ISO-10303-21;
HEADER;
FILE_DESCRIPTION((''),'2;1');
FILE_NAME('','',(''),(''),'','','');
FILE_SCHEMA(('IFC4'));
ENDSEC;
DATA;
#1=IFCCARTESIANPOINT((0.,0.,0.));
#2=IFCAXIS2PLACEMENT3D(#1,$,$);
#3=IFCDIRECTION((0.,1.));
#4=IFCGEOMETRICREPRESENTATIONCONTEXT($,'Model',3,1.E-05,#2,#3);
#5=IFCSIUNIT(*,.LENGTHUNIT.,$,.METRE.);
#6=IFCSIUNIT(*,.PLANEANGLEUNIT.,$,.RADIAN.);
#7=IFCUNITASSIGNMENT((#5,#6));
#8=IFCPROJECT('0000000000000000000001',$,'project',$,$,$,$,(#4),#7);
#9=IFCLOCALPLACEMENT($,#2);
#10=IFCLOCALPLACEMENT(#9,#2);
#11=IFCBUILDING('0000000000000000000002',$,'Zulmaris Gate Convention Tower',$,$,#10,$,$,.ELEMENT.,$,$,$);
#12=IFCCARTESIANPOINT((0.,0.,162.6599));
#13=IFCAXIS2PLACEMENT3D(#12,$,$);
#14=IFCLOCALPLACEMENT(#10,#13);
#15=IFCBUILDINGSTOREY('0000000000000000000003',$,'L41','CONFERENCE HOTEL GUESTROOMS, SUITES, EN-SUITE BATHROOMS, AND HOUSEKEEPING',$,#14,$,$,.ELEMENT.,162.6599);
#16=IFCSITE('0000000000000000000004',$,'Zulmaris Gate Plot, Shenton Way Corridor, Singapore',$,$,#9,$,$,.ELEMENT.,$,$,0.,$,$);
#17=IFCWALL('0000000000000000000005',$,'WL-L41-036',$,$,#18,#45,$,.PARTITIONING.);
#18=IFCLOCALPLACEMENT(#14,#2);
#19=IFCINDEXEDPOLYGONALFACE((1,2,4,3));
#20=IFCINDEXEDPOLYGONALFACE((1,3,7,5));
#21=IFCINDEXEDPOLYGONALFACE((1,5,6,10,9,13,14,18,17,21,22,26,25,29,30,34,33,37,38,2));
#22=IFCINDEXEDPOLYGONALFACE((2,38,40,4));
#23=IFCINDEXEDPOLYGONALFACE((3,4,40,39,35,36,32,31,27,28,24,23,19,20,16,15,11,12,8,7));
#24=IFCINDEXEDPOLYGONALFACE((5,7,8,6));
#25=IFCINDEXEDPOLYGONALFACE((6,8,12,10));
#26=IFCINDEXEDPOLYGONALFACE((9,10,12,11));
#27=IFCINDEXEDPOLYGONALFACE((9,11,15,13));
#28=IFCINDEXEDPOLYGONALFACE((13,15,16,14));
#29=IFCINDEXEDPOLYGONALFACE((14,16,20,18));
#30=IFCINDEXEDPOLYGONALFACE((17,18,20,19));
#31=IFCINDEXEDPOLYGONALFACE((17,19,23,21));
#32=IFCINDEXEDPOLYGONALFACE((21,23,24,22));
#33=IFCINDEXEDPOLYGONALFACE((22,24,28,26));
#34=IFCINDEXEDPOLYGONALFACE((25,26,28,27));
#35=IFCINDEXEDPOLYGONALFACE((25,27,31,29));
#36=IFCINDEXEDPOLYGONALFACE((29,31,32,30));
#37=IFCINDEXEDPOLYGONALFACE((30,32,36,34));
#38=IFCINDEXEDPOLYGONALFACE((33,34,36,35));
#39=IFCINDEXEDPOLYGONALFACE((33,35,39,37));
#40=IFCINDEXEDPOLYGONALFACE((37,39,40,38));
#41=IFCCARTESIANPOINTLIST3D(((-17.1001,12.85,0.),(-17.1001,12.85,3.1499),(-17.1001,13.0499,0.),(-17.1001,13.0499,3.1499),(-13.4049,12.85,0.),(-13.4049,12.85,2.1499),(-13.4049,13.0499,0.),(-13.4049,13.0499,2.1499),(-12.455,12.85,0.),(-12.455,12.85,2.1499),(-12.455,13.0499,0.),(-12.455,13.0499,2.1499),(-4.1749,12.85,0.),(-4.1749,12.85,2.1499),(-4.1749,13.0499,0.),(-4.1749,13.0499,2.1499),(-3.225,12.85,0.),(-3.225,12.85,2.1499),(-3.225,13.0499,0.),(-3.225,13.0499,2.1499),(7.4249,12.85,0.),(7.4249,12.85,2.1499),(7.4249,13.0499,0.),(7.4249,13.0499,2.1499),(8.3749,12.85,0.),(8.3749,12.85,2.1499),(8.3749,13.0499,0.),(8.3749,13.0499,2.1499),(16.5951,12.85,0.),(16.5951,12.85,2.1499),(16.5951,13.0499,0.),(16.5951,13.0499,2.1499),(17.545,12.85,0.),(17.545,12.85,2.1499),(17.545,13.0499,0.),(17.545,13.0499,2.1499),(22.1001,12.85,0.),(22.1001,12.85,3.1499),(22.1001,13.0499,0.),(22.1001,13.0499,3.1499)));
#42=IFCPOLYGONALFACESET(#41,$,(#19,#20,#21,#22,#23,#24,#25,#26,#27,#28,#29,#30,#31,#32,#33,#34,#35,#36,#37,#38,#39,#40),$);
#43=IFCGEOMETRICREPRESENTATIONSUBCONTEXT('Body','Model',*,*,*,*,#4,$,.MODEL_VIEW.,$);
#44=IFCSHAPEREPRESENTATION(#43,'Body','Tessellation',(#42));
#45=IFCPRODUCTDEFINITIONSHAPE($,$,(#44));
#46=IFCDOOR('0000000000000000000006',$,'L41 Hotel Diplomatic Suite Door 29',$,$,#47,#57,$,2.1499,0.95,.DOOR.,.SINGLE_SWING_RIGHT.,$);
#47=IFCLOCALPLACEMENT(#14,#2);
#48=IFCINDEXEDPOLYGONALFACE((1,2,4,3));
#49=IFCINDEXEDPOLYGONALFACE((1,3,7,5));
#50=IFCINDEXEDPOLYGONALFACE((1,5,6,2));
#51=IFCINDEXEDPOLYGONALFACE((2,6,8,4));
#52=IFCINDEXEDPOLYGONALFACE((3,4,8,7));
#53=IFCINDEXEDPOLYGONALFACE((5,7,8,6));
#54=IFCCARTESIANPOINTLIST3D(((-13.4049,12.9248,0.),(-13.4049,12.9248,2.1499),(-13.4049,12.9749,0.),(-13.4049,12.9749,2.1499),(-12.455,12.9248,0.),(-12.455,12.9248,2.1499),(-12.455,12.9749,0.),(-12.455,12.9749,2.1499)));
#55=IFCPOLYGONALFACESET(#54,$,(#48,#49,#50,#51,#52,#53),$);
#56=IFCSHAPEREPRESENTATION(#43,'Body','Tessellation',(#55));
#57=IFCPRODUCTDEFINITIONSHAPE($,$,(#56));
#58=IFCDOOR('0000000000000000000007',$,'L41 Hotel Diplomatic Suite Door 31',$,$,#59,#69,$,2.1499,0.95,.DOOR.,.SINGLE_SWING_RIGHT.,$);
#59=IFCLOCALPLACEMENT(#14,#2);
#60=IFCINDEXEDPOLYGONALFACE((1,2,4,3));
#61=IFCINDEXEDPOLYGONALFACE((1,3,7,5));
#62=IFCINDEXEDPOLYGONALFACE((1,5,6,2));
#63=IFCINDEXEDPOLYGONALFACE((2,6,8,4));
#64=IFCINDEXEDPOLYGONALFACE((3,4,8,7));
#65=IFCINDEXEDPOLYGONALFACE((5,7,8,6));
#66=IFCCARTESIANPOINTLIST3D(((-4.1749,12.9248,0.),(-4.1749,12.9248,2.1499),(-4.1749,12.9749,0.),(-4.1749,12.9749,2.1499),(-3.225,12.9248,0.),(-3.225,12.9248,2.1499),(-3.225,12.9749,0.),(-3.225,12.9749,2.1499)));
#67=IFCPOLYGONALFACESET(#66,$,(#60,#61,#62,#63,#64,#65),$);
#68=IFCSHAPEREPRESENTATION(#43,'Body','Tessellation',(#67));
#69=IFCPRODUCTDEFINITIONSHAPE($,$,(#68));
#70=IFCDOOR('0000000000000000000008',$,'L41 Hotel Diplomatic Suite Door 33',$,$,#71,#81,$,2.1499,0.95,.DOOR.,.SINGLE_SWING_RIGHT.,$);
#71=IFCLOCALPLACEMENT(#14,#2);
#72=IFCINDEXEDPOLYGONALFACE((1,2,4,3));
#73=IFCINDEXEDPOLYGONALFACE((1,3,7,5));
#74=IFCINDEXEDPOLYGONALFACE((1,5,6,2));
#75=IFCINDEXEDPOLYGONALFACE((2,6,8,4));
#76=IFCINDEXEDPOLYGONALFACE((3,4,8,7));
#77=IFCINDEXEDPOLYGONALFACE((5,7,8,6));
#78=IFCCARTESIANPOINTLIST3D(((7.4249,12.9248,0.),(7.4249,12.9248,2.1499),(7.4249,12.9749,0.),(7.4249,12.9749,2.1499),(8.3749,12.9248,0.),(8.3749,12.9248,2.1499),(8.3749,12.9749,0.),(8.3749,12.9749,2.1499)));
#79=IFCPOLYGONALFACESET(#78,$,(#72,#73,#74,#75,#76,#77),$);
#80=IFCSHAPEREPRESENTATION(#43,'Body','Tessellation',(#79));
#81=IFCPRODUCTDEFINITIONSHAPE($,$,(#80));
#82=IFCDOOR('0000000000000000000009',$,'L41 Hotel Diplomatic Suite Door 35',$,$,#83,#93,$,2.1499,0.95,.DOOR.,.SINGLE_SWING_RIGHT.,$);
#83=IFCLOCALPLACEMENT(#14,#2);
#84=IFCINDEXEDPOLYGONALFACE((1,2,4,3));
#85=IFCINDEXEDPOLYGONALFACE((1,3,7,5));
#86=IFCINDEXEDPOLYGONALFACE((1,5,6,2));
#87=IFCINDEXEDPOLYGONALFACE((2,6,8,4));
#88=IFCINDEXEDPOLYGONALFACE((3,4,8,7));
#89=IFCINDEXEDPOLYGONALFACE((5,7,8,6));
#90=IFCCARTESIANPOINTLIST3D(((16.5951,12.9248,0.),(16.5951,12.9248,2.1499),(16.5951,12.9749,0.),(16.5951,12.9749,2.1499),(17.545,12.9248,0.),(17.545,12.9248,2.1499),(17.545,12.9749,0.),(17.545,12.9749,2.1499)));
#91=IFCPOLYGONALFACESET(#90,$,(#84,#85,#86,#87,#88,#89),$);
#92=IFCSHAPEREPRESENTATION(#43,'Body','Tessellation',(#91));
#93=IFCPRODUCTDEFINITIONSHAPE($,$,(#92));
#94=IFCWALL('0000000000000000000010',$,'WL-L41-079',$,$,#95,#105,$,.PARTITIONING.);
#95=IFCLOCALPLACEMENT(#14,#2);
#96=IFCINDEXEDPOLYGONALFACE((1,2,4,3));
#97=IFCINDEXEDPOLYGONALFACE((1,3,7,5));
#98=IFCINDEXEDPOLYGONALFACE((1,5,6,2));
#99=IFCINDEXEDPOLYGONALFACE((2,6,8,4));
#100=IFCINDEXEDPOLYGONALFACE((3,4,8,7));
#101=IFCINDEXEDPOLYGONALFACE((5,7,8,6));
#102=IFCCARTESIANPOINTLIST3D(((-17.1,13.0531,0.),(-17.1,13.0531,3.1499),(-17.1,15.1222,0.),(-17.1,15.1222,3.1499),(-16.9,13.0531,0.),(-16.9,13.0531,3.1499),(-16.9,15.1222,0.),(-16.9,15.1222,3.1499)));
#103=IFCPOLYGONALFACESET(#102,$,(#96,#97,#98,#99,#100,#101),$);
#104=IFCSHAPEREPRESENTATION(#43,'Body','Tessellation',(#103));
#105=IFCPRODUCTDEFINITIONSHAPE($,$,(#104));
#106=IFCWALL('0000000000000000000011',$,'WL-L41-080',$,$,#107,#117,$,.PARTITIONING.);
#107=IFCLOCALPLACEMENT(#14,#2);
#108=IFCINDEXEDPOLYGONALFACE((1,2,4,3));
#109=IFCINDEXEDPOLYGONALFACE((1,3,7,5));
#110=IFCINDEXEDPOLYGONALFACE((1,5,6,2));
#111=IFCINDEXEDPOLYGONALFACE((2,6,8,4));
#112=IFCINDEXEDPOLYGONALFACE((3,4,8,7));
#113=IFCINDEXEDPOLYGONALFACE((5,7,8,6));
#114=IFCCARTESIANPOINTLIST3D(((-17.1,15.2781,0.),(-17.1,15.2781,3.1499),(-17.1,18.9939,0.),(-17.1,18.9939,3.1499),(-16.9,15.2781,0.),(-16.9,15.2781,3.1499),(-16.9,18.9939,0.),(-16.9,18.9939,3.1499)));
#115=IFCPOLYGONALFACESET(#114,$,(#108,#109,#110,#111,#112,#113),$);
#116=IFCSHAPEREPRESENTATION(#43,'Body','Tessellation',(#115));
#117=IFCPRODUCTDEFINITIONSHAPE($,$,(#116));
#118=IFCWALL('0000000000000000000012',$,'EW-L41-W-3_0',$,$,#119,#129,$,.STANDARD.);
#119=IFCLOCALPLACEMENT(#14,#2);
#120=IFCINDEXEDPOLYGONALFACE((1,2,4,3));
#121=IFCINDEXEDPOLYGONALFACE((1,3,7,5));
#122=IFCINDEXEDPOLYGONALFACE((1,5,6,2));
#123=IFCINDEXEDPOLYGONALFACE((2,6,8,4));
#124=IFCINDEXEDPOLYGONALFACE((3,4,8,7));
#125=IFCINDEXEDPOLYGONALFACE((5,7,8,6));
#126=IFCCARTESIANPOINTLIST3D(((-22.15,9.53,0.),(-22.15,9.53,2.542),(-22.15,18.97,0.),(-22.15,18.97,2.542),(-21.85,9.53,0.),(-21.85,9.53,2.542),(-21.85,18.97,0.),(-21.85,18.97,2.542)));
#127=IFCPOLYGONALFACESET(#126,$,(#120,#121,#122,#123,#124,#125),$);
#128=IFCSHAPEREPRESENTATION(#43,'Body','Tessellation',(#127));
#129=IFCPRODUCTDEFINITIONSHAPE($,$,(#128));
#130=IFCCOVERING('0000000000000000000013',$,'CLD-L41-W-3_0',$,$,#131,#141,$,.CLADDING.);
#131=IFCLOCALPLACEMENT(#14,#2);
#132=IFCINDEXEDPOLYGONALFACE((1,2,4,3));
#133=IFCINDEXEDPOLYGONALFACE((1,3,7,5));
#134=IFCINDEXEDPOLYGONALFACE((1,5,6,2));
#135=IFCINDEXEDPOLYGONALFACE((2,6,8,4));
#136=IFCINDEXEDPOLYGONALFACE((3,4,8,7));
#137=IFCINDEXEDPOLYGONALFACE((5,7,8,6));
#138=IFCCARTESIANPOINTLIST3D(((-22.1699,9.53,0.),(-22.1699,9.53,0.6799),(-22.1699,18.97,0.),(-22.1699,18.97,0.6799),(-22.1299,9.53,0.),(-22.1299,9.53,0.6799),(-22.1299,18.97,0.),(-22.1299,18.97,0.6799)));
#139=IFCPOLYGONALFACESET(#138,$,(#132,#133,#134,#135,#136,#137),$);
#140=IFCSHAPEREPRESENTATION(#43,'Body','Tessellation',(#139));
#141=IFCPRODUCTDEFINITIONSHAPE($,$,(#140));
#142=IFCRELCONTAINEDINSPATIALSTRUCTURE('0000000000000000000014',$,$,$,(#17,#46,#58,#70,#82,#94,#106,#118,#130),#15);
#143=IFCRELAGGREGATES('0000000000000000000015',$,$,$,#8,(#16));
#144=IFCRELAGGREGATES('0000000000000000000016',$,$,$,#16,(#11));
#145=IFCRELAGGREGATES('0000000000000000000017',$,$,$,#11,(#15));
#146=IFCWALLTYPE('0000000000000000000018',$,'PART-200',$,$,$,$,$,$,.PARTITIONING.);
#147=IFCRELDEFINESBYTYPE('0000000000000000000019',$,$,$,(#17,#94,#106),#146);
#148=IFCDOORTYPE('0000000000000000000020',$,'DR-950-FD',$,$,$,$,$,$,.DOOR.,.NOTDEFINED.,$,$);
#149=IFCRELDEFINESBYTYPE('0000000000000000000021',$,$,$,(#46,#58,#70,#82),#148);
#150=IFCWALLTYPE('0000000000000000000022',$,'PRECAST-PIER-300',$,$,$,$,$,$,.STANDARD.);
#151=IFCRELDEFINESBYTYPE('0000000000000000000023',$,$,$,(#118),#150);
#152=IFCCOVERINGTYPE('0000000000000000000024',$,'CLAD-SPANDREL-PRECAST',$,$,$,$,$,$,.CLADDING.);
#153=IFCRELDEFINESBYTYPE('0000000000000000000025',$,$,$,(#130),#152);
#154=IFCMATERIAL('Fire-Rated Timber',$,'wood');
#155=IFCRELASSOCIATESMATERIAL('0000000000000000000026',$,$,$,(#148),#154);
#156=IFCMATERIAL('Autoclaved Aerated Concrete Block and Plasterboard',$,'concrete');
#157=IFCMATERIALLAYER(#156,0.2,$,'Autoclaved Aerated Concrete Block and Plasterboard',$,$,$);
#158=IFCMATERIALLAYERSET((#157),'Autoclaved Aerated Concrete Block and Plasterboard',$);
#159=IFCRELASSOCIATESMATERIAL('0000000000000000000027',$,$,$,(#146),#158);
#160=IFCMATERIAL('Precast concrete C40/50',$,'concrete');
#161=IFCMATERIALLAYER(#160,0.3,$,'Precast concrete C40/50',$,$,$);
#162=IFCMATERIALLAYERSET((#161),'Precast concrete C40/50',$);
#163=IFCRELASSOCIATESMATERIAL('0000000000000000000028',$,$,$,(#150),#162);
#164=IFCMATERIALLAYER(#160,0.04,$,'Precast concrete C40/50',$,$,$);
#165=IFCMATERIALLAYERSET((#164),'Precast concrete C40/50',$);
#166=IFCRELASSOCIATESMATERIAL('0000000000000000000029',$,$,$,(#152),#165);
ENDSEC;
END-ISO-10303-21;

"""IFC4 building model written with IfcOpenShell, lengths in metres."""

from ifc_helpers import new_model, si_unit, direction, frame, frame_2d, origin, place, context, subcontext, project, spatial, rectangle, extrude, material, layer, layer_set, type_object, element, fill, save


model = new_model("IFC4")

# Units and contexts
model_context = context("Model", 3, precision=1e-05, world=origin(), true_north=direction((0.0, 1.0)))
body_context = subcontext(model_context, "Body", "Model", "MODEL_VIEW")
ifc_project = project(units=[si_unit("LENGTHUNIT", "METRE"), si_unit("PLANEANGLEUNIT", "RADIAN")], contexts=[model_context])

# Site, building, storey
site_placement = place(None, origin())
site = spatial("IfcSite", under=ifc_project, at=site_placement, Name="Zulmaris Gate Plot, Shenton Way Corridor, Singapore", CompositionType="ELEMENT", RefElevation=0.0)
building_placement = place(site_placement, origin())
building = spatial("IfcBuilding", under=site, at=building_placement, Name="Zulmaris Gate Convention Tower", CompositionType="ELEMENT")
storey_placement = place(building_placement, frame((0.0, 0.0, 162.6599)))
storey = spatial("IfcBuildingStorey", under=building, at=storey_placement, Name="L41", Description="CONFERENCE HOTEL GUESTROOMS, SUITES, EN-SUITE BATHROOMS, AND HOUSEKEEPING", CompositionType="ELEMENT", Elevation=162.6599)

# Shared definitions
ifc_material_1 = material(Name="Fire-Rated Timber", Category="wood")
door_type_1 = type_object("IfcDoorType", Name="DR-950-FD", OperationType="NOTDEFINED", PredefinedType="DOOR", material=ifc_material_1)

# Wall, openings, doors
ifc_material_2 = material(Name="Autoclaved Aerated Concrete Block and Plasterboard", Category="concrete")
ifc_layer_1 = layer(ifc_material_2, 0.2, Name="Autoclaved Aerated Concrete Block and Plasterboard")
ifc_layer_set_1 = layer_set([ifc_layer_1], Name="Autoclaved Aerated Concrete Block and Plasterboard")
wall_type_1 = type_object("IfcWallType", Name="PART-200", PredefinedType="PARTITIONING", material=ifc_layer_set_1)
wall_1_placement = place(storey_placement, frame((-17.1001, 12.95, 0.0), z_axis=(0.0, 0.0, 1.0), x_axis=(1.0, 0.0, 0.0)))
wall_1 = element("IfcWall", 1, at=wall_1_placement, inside=storey, type_object=wall_type_1, Name="WL-L41-036", PredefinedType="PARTITIONING", context=body_context, shape_type="SweptSolid", body=[
    extrude(rectangle(XDim=39.2002, YDim=0.2, at=frame_2d((19.6001, 0.0))), origin(), (0.0, 0.0, 1.0), 3.1499),
])
opening_1_placement = place(wall_1_placement, frame((3.6951, 0.0, 0.0)))
opening_1 = element("IfcOpeningElement", 2, at=opening_1_placement, cuts=wall_1, PredefinedType="OPENING", context=body_context, shape_type="SweptSolid", body=[
    extrude(rectangle(XDim=0.95, YDim=2.1499, at=frame_2d((0.4751, 1.075))), frame((0.0, 0.1099, 0.0), z_axis=(0.0, -1.0, 0.0), x_axis=(1.0, 0.0, 0.0)), (0.0, 0.0, 1.0), 0.22),
])
opening_2_placement = place(wall_1_placement, frame((12.925, 0.0, 0.0)))
opening_2 = element("IfcOpeningElement", 3, at=opening_2_placement, cuts=wall_1, PredefinedType="OPENING", context=body_context, shape_type="SweptSolid", body=[
    extrude(rectangle(XDim=0.95, YDim=2.1499, at=frame_2d((0.4751, 1.075))), frame((0.0, 0.1099, 0.0), z_axis=(0.0, -1.0, 0.0), x_axis=(1.0, 0.0, 0.0)), (0.0, 0.0, 1.0), 0.22),
])
opening_3_placement = place(wall_1_placement, frame((24.5249, 0.0, 0.0)))
opening_3 = element("IfcOpeningElement", 4, at=opening_3_placement, cuts=wall_1, PredefinedType="OPENING", context=body_context, shape_type="SweptSolid", body=[
    extrude(rectangle(XDim=0.95, YDim=2.1499, at=frame_2d((0.4751, 1.075))), frame((0.0, 0.1099, 0.0), z_axis=(0.0, -1.0, 0.0), x_axis=(1.0, 0.0, 0.0)), (0.0, 0.0, 1.0), 0.22),
])
opening_4_placement = place(wall_1_placement, frame((33.6951, 0.0, 0.0)))
opening_4 = element("IfcOpeningElement", 5, at=opening_4_placement, cuts=wall_1, PredefinedType="OPENING", context=body_context, shape_type="SweptSolid", body=[
    extrude(rectangle(XDim=0.95, YDim=2.1499, at=frame_2d((0.4751, 1.075))), frame((0.0, 0.1099, 0.0), z_axis=(0.0, -1.0, 0.0), x_axis=(1.0, 0.0, 0.0)), (0.0, 0.0, 1.0), 0.22),
])
door_1_placement = place(opening_1_placement, origin())
door_1 = element("IfcDoor", 6, at=door_1_placement, inside=storey, type_object=door_type_1, Name="L41 Hotel Diplomatic Suite Door 29", OperationType="SINGLE_SWING_RIGHT", OverallHeight=2.1499, OverallWidth=0.95, PredefinedType="DOOR", context=body_context, shape_type="SweptSolid", body=[
    extrude(rectangle(XDim=0.95, YDim=2.1499, at=frame_2d((0.4751, 1.075))), frame((0.0, 0.0249, 0.0), z_axis=(0.0, -1.0, 0.0), x_axis=(1.0, 0.0, 0.0)), (0.0, 0.0, 1.0), 0.05),
])
fill(opening_1, door_1)
door_2_placement = place(opening_2_placement, origin())
door_2 = element("IfcDoor", 7, at=door_2_placement, inside=storey, type_object=door_type_1, Name="L41 Hotel Diplomatic Suite Door 31", OperationType="SINGLE_SWING_RIGHT", OverallHeight=2.1499, OverallWidth=0.95, PredefinedType="DOOR", context=body_context, shape_type="SweptSolid", body=[
    extrude(rectangle(XDim=0.95, YDim=2.1499, at=frame_2d((0.4751, 1.075))), frame((0.0, 0.0249, 0.0), z_axis=(0.0, -1.0, 0.0), x_axis=(1.0, 0.0, 0.0)), (0.0, 0.0, 1.0), 0.05),
])
fill(opening_2, door_2)
door_3_placement = place(opening_3_placement, origin())
door_3 = element("IfcDoor", 8, at=door_3_placement, inside=storey, type_object=door_type_1, Name="L41 Hotel Diplomatic Suite Door 33", OperationType="SINGLE_SWING_RIGHT", OverallHeight=2.1499, OverallWidth=0.95, PredefinedType="DOOR", context=body_context, shape_type="SweptSolid", body=[
    extrude(rectangle(XDim=0.95, YDim=2.1499, at=frame_2d((0.4751, 1.075))), frame((0.0, 0.0249, 0.0), z_axis=(0.0, -1.0, 0.0), x_axis=(1.0, 0.0, 0.0)), (0.0, 0.0, 1.0), 0.05),
])
fill(opening_3, door_3)
door_4_placement = place(opening_4_placement, origin())
door_4 = element("IfcDoor", 9, at=door_4_placement, inside=storey, type_object=door_type_1, Name="L41 Hotel Diplomatic Suite Door 35", OperationType="SINGLE_SWING_RIGHT", OverallHeight=2.1499, OverallWidth=0.95, PredefinedType="DOOR", context=body_context, shape_type="SweptSolid", body=[
    extrude(rectangle(XDim=0.95, YDim=2.1499, at=frame_2d((0.4751, 1.075))), frame((0.0, 0.0249, 0.0), z_axis=(0.0, -1.0, 0.0), x_axis=(1.0, 0.0, 0.0)), (0.0, 0.0, 1.0), 0.05),
])
fill(opening_4, door_4)

# Walls
wall_2_placement = place(storey_placement, frame((-17.0, 13.053, 0.0), z_axis=(0.0, 0.0, 1.0), x_axis=(0.0, 1.0, 0.0)))
element("IfcWall", 10, at=wall_2_placement, inside=storey, type_object=wall_type_1, Name="WL-L41-079", PredefinedType="PARTITIONING", context=body_context, shape_type="SweptSolid", body=[
    extrude(rectangle(XDim=2.0691, YDim=0.2, at=frame_2d((1.0347, 0.0))), origin(), (0.0, 0.0, 1.0), 3.1499),
])
wall_3_placement = place(storey_placement, frame((-17.0, 15.2781, 0.0), z_axis=(0.0, 0.0, 1.0), x_axis=(0.0, 1.0, 0.0)))
element("IfcWall", 11, at=wall_3_placement, inside=storey, type_object=wall_type_1, Name="WL-L41-080", PredefinedType="PARTITIONING", context=body_context, shape_type="SweptSolid", body=[
    extrude(rectangle(XDim=3.7158, YDim=0.2, at=frame_2d((1.8579, 0.0))), origin(), (0.0, 0.0, 1.0), 3.1499),
])
ifc_material_3 = material(Name="Precast concrete C40/50", Category="concrete")
ifc_layer_2 = layer(ifc_material_3, 0.3, Name="Precast concrete C40/50")
ifc_layer_set_2 = layer_set([ifc_layer_2], Name="Precast concrete C40/50")
wall_type_2 = type_object("IfcWallType", Name="PRECAST-PIER-300", PredefinedType="STANDARD", material=ifc_layer_set_2)
wall_4_placement = place(storey_placement, frame((-22.0, 18.97, 0.0), z_axis=(0.0, 0.0, 1.0), x_axis=(0.0, -1.0, 0.0)))
element("IfcWall", 12, at=wall_4_placement, inside=storey, type_object=wall_type_2, Name="EW-L41-W-3_0", PredefinedType="STANDARD", context=body_context, shape_type="SweptSolid", body=[
    extrude(rectangle(XDim=9.4399, YDim=0.3, at=frame_2d((4.72, 0.0))), origin(), (0.0, 0.0, 1.0), 2.542),
])

# Covering
ifc_layer_3 = layer(ifc_material_3, 0.04, Name="Precast concrete C40/50")
ifc_layer_set_3 = layer_set([ifc_layer_3], Name="Precast concrete C40/50")
covering_type = type_object("IfcCoveringType", Name="CLAD-SPANDREL-PRECAST", PredefinedType="CLADDING", material=ifc_layer_set_3)
covering_placement = place(storey_placement, frame((-22.1499, 18.97, 0.0), z_axis=(0.0, 0.0, 1.0), x_axis=(0.0, -1.0, 0.0)))
element("IfcCovering", 13, at=covering_placement, inside=storey, type_object=covering_type, Name="CLD-L41-W-3_0", PredefinedType="CLADDING", context=body_context, shape_type="SweptSolid", body=[
    extrude(rectangle(XDim=9.4399, YDim=0.04, at=frame_2d((4.72, 0.0))), origin(), (0.0, 0.0, 1.0), 0.6799),
])

save(model, "model.ifc")
